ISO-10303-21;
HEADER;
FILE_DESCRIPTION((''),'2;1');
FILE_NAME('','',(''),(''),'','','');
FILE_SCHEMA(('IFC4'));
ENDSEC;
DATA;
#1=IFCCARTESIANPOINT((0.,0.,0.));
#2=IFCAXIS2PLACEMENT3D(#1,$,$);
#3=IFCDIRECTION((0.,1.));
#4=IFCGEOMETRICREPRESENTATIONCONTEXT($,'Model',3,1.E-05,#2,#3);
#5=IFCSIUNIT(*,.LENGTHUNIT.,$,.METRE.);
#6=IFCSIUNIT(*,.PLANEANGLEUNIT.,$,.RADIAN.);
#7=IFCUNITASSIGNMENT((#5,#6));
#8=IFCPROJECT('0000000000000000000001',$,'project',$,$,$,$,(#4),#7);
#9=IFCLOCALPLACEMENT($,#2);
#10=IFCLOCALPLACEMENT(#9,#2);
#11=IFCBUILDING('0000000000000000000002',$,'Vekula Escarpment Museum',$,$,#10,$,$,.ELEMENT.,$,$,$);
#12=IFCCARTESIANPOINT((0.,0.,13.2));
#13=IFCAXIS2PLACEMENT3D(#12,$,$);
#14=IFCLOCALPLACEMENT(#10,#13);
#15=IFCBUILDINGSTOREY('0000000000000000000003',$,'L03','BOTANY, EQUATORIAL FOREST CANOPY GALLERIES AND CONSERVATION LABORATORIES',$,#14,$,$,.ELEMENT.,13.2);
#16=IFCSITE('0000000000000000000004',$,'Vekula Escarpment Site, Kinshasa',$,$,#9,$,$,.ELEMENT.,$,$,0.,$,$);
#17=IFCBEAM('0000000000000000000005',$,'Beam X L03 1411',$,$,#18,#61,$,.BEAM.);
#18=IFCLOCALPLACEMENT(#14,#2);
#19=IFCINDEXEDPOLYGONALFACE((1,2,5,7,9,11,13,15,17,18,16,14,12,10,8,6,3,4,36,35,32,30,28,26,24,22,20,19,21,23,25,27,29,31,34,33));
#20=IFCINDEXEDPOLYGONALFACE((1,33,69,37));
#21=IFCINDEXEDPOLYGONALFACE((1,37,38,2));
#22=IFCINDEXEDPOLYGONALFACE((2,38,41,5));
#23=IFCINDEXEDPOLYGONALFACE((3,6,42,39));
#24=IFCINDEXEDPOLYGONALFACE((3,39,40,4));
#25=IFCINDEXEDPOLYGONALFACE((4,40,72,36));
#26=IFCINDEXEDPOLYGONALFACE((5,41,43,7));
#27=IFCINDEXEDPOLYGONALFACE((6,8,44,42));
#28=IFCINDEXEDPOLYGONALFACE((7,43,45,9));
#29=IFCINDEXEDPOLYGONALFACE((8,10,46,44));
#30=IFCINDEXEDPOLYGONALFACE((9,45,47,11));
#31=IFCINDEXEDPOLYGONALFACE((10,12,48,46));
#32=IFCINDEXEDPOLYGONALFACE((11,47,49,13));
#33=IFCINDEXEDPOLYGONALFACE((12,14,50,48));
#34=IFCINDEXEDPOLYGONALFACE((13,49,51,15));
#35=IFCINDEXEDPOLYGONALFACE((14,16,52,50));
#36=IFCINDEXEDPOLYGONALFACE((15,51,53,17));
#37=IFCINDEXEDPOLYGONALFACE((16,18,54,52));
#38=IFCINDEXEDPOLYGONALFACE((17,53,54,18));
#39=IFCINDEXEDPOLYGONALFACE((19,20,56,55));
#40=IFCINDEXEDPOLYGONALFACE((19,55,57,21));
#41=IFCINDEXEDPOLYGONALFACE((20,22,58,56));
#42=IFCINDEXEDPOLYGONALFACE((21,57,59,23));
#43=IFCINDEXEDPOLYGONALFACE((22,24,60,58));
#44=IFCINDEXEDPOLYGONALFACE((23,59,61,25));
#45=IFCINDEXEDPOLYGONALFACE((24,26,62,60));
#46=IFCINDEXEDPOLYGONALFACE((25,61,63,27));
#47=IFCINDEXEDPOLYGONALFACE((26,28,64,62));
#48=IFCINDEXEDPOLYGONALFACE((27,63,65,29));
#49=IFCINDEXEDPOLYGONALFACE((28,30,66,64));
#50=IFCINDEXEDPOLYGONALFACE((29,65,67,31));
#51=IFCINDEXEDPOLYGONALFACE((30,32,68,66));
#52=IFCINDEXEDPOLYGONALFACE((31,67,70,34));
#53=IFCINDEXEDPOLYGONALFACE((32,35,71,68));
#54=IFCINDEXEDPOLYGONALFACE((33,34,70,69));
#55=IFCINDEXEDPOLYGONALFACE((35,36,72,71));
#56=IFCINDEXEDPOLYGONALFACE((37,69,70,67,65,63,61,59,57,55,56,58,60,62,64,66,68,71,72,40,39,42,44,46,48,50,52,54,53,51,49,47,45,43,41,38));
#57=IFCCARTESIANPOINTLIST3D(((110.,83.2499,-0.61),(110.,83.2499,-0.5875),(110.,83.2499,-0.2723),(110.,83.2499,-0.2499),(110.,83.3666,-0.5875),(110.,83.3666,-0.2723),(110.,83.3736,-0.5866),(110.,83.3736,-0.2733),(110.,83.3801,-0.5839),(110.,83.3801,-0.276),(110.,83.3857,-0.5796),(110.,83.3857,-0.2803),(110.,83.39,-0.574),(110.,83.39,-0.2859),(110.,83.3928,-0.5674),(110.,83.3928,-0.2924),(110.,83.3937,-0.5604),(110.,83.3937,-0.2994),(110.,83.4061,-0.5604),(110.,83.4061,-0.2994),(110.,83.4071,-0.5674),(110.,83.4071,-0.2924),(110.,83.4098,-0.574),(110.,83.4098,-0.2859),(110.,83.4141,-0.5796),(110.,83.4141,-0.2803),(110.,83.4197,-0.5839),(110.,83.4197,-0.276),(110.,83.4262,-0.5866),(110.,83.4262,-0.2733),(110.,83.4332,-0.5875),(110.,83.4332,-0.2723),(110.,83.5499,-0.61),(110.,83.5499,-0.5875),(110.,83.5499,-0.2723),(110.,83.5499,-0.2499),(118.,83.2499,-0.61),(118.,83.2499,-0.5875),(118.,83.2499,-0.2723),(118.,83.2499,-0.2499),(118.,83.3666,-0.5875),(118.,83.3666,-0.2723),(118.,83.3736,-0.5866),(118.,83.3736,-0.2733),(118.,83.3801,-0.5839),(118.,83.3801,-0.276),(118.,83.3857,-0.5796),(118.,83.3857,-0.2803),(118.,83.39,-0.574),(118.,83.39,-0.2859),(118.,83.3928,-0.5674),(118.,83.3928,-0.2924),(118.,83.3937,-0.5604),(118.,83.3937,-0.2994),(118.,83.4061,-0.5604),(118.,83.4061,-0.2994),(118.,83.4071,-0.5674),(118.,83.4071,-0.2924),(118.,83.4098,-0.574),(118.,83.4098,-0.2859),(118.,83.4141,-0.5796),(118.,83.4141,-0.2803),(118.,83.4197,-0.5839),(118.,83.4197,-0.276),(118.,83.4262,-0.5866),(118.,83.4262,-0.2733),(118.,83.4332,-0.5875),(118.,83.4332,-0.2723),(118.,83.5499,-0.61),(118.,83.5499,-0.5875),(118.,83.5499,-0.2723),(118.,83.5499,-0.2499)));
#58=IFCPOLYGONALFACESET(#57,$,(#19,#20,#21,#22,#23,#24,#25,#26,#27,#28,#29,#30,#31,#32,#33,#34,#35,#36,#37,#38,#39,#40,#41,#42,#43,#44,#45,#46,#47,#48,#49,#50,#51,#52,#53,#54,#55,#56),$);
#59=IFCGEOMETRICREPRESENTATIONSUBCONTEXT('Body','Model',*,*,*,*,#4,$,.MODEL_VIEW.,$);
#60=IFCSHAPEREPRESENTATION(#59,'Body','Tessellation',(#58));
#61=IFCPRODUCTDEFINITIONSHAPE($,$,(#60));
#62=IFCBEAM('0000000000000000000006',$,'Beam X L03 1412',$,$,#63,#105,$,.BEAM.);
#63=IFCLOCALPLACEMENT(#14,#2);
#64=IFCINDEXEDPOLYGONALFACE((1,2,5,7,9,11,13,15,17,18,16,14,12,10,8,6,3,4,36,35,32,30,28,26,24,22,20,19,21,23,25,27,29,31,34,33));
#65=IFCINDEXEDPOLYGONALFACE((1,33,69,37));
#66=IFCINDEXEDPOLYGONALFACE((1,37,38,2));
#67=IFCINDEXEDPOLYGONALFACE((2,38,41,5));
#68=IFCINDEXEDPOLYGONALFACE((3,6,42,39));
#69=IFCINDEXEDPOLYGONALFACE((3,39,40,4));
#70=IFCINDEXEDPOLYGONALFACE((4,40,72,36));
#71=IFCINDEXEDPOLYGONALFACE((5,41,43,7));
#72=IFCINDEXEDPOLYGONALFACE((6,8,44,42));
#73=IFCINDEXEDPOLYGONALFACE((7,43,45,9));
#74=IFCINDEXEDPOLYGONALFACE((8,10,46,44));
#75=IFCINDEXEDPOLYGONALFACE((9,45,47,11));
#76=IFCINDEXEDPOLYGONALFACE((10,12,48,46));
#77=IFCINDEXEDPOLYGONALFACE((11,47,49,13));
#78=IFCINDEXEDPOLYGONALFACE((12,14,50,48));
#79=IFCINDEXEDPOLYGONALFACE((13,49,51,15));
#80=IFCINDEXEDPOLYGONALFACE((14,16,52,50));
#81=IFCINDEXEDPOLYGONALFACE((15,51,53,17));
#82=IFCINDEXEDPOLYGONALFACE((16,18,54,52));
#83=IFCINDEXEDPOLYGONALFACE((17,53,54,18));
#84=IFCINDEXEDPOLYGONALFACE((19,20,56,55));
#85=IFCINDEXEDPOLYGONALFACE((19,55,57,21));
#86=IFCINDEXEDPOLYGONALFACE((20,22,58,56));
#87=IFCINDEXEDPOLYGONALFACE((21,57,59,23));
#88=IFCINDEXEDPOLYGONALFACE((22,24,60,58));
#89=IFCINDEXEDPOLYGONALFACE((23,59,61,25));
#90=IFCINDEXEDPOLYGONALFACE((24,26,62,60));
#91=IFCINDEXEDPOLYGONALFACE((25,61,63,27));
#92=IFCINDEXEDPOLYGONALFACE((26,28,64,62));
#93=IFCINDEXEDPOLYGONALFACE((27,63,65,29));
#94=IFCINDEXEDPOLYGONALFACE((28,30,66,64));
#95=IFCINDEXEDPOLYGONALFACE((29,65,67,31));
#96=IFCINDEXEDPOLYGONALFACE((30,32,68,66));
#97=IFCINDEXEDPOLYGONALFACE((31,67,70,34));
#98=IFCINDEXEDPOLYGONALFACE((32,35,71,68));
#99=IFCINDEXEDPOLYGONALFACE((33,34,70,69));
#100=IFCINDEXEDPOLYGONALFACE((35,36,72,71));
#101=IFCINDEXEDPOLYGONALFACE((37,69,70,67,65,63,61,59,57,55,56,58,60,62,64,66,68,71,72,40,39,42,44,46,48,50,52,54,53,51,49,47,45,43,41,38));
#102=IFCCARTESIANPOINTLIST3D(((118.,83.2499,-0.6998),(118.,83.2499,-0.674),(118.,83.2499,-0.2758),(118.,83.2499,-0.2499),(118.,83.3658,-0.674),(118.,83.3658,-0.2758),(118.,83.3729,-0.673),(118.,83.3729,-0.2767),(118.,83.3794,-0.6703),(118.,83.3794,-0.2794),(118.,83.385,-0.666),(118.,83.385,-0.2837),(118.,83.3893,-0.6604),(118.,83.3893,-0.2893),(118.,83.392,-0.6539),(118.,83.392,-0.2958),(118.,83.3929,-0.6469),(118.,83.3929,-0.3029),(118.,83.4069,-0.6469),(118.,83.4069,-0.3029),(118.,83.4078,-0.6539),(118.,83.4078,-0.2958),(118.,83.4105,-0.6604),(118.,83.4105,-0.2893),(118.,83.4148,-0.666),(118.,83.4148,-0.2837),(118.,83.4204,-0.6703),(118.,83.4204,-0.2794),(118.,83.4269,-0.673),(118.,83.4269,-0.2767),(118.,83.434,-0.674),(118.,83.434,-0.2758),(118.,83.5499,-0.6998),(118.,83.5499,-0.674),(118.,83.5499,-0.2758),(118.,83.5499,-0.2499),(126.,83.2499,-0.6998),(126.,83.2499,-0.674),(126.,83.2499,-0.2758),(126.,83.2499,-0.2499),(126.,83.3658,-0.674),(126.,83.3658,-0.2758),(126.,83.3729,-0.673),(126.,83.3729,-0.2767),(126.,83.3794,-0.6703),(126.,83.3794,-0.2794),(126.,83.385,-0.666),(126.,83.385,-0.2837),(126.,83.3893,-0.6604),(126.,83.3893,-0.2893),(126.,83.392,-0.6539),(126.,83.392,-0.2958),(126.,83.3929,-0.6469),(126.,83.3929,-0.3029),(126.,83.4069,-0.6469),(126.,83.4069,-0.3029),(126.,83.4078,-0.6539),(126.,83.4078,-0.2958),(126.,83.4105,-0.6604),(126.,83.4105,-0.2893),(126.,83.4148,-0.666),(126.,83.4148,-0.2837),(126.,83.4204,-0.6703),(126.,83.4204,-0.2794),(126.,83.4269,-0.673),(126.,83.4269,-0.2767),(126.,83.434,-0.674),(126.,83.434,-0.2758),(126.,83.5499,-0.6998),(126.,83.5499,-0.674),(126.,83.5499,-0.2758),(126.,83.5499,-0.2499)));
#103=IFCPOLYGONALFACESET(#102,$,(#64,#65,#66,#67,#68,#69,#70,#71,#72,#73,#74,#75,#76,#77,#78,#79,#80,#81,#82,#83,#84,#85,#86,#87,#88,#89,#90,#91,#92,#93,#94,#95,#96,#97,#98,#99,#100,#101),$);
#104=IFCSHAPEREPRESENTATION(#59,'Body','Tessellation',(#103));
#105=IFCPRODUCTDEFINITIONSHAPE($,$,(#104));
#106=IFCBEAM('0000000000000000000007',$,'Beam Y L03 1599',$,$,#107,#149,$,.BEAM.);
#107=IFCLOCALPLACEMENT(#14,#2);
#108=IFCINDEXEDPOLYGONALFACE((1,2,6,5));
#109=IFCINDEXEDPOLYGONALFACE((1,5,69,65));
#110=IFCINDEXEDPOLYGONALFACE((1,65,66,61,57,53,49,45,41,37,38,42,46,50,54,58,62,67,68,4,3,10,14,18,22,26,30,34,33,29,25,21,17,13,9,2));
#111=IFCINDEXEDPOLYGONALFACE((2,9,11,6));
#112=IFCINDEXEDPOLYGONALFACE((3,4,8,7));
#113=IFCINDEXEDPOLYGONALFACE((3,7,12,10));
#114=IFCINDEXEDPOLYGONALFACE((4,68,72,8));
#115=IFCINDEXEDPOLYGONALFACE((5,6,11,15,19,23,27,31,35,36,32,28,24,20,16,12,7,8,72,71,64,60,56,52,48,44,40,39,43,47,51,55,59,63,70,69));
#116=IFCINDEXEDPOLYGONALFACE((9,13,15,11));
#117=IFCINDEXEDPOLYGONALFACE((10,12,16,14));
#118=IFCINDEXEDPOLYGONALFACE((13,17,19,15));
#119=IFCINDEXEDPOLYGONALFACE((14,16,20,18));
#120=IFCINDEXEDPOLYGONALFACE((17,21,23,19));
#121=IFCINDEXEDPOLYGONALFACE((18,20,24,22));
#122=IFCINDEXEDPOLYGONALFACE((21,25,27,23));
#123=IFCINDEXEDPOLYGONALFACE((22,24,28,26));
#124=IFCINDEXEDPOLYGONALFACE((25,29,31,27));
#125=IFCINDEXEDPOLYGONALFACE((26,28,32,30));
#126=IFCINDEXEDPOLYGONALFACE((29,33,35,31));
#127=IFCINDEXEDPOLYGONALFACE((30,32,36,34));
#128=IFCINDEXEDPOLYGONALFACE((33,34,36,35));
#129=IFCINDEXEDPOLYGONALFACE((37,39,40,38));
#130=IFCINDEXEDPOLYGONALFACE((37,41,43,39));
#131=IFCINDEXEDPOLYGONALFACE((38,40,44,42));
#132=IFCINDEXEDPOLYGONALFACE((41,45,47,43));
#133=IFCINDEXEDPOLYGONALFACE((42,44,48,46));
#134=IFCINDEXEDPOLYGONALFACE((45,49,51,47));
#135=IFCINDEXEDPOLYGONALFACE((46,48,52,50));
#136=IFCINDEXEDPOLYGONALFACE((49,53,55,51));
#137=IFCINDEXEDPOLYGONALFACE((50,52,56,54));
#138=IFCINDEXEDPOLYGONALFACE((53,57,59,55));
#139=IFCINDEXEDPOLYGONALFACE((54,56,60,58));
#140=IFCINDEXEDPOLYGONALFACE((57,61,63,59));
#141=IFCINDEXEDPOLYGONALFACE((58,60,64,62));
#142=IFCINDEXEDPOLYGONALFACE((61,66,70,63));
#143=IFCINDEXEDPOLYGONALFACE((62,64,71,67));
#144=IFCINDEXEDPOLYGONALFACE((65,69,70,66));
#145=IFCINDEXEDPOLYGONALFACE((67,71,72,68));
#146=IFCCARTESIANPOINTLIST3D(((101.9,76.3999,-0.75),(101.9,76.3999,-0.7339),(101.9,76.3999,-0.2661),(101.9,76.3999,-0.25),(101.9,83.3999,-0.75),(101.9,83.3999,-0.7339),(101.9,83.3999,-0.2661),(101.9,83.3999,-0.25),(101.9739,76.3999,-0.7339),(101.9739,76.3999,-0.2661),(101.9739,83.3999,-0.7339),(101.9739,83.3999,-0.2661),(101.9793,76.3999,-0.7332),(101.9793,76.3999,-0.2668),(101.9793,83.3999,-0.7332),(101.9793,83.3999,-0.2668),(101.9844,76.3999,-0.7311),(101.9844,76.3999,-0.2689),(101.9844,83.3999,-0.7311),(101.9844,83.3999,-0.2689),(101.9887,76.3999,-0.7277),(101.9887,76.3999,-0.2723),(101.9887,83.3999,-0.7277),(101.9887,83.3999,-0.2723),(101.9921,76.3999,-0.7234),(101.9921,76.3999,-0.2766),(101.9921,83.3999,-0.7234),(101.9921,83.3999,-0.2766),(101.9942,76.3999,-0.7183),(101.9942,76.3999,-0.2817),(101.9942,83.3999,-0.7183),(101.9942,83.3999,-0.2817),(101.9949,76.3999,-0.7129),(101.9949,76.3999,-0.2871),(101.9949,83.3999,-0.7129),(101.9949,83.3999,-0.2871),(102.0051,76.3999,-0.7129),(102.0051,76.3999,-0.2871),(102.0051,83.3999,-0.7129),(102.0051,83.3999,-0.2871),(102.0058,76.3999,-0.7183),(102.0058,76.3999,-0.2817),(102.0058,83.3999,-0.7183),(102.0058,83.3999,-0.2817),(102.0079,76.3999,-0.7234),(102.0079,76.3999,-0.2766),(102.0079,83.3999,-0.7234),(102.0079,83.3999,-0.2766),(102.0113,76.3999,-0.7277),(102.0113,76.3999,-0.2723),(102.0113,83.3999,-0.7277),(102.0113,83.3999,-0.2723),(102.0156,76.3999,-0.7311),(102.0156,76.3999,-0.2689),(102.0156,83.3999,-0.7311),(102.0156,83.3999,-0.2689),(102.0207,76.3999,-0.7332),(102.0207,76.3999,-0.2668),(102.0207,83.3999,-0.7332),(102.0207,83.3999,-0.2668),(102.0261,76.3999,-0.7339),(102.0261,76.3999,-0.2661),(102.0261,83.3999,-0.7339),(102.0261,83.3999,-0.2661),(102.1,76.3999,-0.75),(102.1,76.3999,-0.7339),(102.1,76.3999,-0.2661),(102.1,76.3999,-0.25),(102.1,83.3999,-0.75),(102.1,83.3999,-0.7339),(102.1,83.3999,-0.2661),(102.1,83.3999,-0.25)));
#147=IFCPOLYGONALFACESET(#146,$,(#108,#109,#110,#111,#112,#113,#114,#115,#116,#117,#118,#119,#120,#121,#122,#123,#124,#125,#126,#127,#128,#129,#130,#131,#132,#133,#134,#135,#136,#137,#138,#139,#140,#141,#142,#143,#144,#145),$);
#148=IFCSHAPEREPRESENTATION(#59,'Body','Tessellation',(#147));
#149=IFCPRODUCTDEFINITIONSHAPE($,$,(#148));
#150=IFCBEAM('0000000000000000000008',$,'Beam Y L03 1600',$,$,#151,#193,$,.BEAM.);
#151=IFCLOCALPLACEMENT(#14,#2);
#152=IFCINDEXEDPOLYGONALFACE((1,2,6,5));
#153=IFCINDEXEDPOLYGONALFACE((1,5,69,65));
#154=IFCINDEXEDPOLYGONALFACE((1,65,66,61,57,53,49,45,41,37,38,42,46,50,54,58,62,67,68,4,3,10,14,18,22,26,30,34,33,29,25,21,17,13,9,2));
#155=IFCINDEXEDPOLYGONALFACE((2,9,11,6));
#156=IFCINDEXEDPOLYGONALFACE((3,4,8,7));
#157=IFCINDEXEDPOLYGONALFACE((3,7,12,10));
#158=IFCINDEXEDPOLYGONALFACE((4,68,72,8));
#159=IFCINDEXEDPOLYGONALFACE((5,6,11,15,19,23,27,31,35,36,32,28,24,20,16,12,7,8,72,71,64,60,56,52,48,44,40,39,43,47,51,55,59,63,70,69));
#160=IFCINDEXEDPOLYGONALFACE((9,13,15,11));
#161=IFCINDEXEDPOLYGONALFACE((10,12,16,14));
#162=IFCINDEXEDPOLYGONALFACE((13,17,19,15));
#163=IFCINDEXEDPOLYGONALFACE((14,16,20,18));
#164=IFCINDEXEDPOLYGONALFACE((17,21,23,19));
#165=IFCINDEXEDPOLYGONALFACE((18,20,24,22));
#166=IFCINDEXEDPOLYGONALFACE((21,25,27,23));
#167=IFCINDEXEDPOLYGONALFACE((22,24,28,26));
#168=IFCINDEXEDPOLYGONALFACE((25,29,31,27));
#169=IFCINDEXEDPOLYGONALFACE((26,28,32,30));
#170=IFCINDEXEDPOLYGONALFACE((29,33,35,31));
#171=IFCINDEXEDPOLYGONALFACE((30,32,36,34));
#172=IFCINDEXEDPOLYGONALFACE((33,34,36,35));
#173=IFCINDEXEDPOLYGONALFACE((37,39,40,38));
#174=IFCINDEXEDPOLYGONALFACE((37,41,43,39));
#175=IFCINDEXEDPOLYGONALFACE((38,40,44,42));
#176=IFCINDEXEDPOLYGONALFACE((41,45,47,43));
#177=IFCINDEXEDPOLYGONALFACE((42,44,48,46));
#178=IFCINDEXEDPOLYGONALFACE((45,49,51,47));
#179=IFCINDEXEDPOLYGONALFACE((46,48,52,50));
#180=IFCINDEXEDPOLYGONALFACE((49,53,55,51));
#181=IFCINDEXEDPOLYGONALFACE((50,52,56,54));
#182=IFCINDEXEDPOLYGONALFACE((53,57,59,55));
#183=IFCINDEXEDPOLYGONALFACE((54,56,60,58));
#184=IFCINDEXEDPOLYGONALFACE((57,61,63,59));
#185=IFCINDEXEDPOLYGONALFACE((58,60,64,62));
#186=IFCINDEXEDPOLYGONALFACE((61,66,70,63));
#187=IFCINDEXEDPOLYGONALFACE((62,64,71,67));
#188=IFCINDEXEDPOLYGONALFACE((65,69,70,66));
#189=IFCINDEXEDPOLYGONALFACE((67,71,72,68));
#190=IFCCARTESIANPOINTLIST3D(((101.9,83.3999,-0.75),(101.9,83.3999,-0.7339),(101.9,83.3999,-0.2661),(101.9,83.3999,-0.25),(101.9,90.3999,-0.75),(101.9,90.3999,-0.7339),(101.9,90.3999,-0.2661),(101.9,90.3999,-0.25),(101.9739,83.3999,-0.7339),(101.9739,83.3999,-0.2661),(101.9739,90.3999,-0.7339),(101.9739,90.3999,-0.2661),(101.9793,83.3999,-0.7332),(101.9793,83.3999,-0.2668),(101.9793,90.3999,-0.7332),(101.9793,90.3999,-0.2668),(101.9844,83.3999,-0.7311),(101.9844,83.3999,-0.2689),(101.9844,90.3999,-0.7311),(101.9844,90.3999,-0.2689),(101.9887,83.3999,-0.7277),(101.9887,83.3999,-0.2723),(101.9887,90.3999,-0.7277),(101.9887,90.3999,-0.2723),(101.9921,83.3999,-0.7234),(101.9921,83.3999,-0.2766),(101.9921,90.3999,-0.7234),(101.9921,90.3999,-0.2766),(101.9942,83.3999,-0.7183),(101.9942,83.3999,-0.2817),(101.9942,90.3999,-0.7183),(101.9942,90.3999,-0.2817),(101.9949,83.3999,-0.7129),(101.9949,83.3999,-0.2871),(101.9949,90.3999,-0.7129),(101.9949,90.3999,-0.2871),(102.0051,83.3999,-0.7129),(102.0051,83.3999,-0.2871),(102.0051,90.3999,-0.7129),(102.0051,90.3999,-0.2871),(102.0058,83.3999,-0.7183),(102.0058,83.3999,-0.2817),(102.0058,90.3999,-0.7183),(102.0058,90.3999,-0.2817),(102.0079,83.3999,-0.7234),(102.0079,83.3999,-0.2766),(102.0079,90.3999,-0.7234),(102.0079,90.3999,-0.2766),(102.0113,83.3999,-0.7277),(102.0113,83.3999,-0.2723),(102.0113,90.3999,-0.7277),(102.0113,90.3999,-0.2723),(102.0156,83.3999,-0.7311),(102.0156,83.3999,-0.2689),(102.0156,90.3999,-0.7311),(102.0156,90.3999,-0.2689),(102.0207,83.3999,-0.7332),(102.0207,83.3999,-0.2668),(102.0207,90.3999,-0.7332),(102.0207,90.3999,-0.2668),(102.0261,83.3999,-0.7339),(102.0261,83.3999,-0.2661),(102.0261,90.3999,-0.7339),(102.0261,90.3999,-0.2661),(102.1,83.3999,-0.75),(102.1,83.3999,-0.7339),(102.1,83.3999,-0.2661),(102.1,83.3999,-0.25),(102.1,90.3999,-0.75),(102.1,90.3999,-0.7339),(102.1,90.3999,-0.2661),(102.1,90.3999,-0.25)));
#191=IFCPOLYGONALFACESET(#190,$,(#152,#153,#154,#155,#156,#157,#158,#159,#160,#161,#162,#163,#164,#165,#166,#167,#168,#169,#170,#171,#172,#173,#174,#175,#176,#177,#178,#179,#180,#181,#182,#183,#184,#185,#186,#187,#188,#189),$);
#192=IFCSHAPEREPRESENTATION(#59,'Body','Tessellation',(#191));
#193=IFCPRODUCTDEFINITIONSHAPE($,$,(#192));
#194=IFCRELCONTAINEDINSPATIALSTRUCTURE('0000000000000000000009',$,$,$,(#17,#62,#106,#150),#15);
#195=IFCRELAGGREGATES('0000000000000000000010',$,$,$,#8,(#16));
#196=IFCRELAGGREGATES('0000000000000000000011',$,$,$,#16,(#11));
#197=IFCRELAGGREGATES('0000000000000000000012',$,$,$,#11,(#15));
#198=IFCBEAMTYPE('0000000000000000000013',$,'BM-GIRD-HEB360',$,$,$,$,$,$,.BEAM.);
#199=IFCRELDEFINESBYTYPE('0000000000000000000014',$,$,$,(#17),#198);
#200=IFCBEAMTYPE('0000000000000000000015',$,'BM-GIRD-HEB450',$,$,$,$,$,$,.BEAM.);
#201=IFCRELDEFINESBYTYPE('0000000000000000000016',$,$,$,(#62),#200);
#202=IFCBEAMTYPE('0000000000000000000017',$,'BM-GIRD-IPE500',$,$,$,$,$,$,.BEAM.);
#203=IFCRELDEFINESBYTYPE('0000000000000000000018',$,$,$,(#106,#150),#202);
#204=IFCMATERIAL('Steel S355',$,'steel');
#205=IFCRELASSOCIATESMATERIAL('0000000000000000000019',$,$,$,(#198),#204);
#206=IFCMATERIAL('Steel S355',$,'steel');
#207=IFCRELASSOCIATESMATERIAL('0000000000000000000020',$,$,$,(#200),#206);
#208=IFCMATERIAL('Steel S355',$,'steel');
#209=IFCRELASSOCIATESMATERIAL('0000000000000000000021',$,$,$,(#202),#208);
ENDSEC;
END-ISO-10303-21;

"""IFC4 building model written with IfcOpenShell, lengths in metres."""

from ifc_helpers import new_model, si_unit, direction, frame, origin, origin_2d, place, context, subcontext, project, spatial, i_section, extrude, material, material_profile, profile_set, type_object, element, save


model = new_model("IFC4")

# Units and contexts
model_context = context("Model", 3, precision=1e-05, world=origin(), true_north=direction((0.0, 1.0)))
body_context = subcontext(model_context, "Body", "Model", "MODEL_VIEW")
ifc_project = project(units=[si_unit("LENGTHUNIT", "METRE"), si_unit("PLANEANGLEUNIT", "RADIAN")], contexts=[model_context])

# Site, building, storey
site_placement = place(None, origin())
site = spatial("IfcSite", under=ifc_project, at=site_placement, Name="Vekula Escarpment Site, Kinshasa", CompositionType="ELEMENT", RefElevation=0.0)
building_placement = place(site_placement, origin())
building = spatial("IfcBuilding", under=site, at=building_placement, Name="Vekula Escarpment Museum", CompositionType="ELEMENT")
storey_placement = place(building_placement, frame((0.0, 0.0, 13.2)))
storey = spatial("IfcBuildingStorey", under=building, at=storey_placement, Name="L03", Description="BOTANY, EQUATORIAL FOREST CANOPY GALLERIES AND CONSERVATION LABORATORIES", CompositionType="ELEMENT", Elevation=13.2)

# Beams
ifc_material_1 = material(Name="Steel S355", Category="steel")
ifc_material_profile_1 = material_profile(ifc_material_1, i_section(OverallWidth=0.3, OverallDepth=0.3601, WebThickness=0.0125, FlangeThickness=0.0225, FilletRadius=0.0271, at=origin_2d()), Name="HEB 360")
ifc_profile_set_1 = profile_set([ifc_material_profile_1], Name="Steel S355")
beam_type_1 = type_object("IfcBeamType", Name="BM-GIRD-HEB360", PredefinedType="BEAM", material=ifc_profile_set_1)
beam_1_placement = place(storey_placement, frame((110.0, 83.3999, -0.4299), z_axis=(1.0, 0.0, 0.0), x_axis=(0.0, 1.0, 0.0)))
element("IfcBeam", 1, at=beam_1_placement, inside=storey, type_object=beam_type_1, Name="Beam X L03 1411", PredefinedType="BEAM", context=body_context, shape_type="SweptSolid", body=[
    extrude(i_section(OverallWidth=0.3, OverallDepth=0.3601, WebThickness=0.0125, FlangeThickness=0.0225, FilletRadius=0.0271, at=origin_2d()), origin(), (0.0, 0.0, 1.0), 8.0),
])
ifc_material_2 = material(Name="Steel S355", Category="steel")
ifc_material_profile_2 = material_profile(ifc_material_2, i_section(OverallWidth=0.3, OverallDepth=0.45, WebThickness=0.0139, FlangeThickness=0.0259, FilletRadius=0.0271, at=origin_2d()), Name="HEB 450")
ifc_profile_set_2 = profile_set([ifc_material_profile_2], Name="Steel S355")
beam_type_2 = type_object("IfcBeamType", Name="BM-GIRD-HEB450", PredefinedType="BEAM", material=ifc_profile_set_2)
beam_2_placement = place(storey_placement, frame((118.0, 83.3999, -0.4749), z_axis=(1.0, 0.0, 0.0), x_axis=(0.0, 1.0, 0.0)))
element("IfcBeam", 2, at=beam_2_placement, inside=storey, type_object=beam_type_2, Name="Beam X L03 1412", PredefinedType="BEAM", context=body_context, shape_type="SweptSolid", body=[
    extrude(i_section(OverallWidth=0.3, OverallDepth=0.45, WebThickness=0.0139, FlangeThickness=0.0259, FilletRadius=0.0271, at=origin_2d()), origin(), (0.0, 0.0, 1.0), 8.0),
])
ifc_material_3 = material(Name="Steel S355", Category="steel")
ifc_material_profile_3 = material_profile(ifc_material_3, i_section(OverallWidth=0.2, OverallDepth=0.5, WebThickness=0.0103, FlangeThickness=0.0161, FilletRadius=0.021, at=origin_2d()), Name="IPE 500")
ifc_profile_set_3 = profile_set([ifc_material_profile_3], Name="Steel S355")
beam_type_3 = type_object("IfcBeamType", Name="BM-GIRD-IPE500", PredefinedType="BEAM", material=ifc_profile_set_3)
for number, where, z_axis, x_axis, name in (
    (3, (102.0, 76.3999, -0.5), (0.0, 1.0, 0.0), (-1.0, 0.0, 0.0), "Beam Y L03 1599"),
    (4, (102.0, 83.3999, -0.5), (0.0, 1.0, 0.0), (-1.0, 0.0, 0.0), "Beam Y L03 1600"),
):
    element("IfcBeam", number, at=place(storey_placement, frame(where, z_axis=z_axis, x_axis=x_axis)), inside=storey, type_object=beam_type_3, Name=name, PredefinedType="BEAM", context=body_context, shape_type="SweptSolid", body=[
        extrude(i_section(OverallWidth=0.2, OverallDepth=0.5, WebThickness=0.0103, FlangeThickness=0.0161, FilletRadius=0.021, at=origin_2d()), origin(), (0.0, 0.0, 1.0), 7.0),
    ])

save(model, "model.ifc")
